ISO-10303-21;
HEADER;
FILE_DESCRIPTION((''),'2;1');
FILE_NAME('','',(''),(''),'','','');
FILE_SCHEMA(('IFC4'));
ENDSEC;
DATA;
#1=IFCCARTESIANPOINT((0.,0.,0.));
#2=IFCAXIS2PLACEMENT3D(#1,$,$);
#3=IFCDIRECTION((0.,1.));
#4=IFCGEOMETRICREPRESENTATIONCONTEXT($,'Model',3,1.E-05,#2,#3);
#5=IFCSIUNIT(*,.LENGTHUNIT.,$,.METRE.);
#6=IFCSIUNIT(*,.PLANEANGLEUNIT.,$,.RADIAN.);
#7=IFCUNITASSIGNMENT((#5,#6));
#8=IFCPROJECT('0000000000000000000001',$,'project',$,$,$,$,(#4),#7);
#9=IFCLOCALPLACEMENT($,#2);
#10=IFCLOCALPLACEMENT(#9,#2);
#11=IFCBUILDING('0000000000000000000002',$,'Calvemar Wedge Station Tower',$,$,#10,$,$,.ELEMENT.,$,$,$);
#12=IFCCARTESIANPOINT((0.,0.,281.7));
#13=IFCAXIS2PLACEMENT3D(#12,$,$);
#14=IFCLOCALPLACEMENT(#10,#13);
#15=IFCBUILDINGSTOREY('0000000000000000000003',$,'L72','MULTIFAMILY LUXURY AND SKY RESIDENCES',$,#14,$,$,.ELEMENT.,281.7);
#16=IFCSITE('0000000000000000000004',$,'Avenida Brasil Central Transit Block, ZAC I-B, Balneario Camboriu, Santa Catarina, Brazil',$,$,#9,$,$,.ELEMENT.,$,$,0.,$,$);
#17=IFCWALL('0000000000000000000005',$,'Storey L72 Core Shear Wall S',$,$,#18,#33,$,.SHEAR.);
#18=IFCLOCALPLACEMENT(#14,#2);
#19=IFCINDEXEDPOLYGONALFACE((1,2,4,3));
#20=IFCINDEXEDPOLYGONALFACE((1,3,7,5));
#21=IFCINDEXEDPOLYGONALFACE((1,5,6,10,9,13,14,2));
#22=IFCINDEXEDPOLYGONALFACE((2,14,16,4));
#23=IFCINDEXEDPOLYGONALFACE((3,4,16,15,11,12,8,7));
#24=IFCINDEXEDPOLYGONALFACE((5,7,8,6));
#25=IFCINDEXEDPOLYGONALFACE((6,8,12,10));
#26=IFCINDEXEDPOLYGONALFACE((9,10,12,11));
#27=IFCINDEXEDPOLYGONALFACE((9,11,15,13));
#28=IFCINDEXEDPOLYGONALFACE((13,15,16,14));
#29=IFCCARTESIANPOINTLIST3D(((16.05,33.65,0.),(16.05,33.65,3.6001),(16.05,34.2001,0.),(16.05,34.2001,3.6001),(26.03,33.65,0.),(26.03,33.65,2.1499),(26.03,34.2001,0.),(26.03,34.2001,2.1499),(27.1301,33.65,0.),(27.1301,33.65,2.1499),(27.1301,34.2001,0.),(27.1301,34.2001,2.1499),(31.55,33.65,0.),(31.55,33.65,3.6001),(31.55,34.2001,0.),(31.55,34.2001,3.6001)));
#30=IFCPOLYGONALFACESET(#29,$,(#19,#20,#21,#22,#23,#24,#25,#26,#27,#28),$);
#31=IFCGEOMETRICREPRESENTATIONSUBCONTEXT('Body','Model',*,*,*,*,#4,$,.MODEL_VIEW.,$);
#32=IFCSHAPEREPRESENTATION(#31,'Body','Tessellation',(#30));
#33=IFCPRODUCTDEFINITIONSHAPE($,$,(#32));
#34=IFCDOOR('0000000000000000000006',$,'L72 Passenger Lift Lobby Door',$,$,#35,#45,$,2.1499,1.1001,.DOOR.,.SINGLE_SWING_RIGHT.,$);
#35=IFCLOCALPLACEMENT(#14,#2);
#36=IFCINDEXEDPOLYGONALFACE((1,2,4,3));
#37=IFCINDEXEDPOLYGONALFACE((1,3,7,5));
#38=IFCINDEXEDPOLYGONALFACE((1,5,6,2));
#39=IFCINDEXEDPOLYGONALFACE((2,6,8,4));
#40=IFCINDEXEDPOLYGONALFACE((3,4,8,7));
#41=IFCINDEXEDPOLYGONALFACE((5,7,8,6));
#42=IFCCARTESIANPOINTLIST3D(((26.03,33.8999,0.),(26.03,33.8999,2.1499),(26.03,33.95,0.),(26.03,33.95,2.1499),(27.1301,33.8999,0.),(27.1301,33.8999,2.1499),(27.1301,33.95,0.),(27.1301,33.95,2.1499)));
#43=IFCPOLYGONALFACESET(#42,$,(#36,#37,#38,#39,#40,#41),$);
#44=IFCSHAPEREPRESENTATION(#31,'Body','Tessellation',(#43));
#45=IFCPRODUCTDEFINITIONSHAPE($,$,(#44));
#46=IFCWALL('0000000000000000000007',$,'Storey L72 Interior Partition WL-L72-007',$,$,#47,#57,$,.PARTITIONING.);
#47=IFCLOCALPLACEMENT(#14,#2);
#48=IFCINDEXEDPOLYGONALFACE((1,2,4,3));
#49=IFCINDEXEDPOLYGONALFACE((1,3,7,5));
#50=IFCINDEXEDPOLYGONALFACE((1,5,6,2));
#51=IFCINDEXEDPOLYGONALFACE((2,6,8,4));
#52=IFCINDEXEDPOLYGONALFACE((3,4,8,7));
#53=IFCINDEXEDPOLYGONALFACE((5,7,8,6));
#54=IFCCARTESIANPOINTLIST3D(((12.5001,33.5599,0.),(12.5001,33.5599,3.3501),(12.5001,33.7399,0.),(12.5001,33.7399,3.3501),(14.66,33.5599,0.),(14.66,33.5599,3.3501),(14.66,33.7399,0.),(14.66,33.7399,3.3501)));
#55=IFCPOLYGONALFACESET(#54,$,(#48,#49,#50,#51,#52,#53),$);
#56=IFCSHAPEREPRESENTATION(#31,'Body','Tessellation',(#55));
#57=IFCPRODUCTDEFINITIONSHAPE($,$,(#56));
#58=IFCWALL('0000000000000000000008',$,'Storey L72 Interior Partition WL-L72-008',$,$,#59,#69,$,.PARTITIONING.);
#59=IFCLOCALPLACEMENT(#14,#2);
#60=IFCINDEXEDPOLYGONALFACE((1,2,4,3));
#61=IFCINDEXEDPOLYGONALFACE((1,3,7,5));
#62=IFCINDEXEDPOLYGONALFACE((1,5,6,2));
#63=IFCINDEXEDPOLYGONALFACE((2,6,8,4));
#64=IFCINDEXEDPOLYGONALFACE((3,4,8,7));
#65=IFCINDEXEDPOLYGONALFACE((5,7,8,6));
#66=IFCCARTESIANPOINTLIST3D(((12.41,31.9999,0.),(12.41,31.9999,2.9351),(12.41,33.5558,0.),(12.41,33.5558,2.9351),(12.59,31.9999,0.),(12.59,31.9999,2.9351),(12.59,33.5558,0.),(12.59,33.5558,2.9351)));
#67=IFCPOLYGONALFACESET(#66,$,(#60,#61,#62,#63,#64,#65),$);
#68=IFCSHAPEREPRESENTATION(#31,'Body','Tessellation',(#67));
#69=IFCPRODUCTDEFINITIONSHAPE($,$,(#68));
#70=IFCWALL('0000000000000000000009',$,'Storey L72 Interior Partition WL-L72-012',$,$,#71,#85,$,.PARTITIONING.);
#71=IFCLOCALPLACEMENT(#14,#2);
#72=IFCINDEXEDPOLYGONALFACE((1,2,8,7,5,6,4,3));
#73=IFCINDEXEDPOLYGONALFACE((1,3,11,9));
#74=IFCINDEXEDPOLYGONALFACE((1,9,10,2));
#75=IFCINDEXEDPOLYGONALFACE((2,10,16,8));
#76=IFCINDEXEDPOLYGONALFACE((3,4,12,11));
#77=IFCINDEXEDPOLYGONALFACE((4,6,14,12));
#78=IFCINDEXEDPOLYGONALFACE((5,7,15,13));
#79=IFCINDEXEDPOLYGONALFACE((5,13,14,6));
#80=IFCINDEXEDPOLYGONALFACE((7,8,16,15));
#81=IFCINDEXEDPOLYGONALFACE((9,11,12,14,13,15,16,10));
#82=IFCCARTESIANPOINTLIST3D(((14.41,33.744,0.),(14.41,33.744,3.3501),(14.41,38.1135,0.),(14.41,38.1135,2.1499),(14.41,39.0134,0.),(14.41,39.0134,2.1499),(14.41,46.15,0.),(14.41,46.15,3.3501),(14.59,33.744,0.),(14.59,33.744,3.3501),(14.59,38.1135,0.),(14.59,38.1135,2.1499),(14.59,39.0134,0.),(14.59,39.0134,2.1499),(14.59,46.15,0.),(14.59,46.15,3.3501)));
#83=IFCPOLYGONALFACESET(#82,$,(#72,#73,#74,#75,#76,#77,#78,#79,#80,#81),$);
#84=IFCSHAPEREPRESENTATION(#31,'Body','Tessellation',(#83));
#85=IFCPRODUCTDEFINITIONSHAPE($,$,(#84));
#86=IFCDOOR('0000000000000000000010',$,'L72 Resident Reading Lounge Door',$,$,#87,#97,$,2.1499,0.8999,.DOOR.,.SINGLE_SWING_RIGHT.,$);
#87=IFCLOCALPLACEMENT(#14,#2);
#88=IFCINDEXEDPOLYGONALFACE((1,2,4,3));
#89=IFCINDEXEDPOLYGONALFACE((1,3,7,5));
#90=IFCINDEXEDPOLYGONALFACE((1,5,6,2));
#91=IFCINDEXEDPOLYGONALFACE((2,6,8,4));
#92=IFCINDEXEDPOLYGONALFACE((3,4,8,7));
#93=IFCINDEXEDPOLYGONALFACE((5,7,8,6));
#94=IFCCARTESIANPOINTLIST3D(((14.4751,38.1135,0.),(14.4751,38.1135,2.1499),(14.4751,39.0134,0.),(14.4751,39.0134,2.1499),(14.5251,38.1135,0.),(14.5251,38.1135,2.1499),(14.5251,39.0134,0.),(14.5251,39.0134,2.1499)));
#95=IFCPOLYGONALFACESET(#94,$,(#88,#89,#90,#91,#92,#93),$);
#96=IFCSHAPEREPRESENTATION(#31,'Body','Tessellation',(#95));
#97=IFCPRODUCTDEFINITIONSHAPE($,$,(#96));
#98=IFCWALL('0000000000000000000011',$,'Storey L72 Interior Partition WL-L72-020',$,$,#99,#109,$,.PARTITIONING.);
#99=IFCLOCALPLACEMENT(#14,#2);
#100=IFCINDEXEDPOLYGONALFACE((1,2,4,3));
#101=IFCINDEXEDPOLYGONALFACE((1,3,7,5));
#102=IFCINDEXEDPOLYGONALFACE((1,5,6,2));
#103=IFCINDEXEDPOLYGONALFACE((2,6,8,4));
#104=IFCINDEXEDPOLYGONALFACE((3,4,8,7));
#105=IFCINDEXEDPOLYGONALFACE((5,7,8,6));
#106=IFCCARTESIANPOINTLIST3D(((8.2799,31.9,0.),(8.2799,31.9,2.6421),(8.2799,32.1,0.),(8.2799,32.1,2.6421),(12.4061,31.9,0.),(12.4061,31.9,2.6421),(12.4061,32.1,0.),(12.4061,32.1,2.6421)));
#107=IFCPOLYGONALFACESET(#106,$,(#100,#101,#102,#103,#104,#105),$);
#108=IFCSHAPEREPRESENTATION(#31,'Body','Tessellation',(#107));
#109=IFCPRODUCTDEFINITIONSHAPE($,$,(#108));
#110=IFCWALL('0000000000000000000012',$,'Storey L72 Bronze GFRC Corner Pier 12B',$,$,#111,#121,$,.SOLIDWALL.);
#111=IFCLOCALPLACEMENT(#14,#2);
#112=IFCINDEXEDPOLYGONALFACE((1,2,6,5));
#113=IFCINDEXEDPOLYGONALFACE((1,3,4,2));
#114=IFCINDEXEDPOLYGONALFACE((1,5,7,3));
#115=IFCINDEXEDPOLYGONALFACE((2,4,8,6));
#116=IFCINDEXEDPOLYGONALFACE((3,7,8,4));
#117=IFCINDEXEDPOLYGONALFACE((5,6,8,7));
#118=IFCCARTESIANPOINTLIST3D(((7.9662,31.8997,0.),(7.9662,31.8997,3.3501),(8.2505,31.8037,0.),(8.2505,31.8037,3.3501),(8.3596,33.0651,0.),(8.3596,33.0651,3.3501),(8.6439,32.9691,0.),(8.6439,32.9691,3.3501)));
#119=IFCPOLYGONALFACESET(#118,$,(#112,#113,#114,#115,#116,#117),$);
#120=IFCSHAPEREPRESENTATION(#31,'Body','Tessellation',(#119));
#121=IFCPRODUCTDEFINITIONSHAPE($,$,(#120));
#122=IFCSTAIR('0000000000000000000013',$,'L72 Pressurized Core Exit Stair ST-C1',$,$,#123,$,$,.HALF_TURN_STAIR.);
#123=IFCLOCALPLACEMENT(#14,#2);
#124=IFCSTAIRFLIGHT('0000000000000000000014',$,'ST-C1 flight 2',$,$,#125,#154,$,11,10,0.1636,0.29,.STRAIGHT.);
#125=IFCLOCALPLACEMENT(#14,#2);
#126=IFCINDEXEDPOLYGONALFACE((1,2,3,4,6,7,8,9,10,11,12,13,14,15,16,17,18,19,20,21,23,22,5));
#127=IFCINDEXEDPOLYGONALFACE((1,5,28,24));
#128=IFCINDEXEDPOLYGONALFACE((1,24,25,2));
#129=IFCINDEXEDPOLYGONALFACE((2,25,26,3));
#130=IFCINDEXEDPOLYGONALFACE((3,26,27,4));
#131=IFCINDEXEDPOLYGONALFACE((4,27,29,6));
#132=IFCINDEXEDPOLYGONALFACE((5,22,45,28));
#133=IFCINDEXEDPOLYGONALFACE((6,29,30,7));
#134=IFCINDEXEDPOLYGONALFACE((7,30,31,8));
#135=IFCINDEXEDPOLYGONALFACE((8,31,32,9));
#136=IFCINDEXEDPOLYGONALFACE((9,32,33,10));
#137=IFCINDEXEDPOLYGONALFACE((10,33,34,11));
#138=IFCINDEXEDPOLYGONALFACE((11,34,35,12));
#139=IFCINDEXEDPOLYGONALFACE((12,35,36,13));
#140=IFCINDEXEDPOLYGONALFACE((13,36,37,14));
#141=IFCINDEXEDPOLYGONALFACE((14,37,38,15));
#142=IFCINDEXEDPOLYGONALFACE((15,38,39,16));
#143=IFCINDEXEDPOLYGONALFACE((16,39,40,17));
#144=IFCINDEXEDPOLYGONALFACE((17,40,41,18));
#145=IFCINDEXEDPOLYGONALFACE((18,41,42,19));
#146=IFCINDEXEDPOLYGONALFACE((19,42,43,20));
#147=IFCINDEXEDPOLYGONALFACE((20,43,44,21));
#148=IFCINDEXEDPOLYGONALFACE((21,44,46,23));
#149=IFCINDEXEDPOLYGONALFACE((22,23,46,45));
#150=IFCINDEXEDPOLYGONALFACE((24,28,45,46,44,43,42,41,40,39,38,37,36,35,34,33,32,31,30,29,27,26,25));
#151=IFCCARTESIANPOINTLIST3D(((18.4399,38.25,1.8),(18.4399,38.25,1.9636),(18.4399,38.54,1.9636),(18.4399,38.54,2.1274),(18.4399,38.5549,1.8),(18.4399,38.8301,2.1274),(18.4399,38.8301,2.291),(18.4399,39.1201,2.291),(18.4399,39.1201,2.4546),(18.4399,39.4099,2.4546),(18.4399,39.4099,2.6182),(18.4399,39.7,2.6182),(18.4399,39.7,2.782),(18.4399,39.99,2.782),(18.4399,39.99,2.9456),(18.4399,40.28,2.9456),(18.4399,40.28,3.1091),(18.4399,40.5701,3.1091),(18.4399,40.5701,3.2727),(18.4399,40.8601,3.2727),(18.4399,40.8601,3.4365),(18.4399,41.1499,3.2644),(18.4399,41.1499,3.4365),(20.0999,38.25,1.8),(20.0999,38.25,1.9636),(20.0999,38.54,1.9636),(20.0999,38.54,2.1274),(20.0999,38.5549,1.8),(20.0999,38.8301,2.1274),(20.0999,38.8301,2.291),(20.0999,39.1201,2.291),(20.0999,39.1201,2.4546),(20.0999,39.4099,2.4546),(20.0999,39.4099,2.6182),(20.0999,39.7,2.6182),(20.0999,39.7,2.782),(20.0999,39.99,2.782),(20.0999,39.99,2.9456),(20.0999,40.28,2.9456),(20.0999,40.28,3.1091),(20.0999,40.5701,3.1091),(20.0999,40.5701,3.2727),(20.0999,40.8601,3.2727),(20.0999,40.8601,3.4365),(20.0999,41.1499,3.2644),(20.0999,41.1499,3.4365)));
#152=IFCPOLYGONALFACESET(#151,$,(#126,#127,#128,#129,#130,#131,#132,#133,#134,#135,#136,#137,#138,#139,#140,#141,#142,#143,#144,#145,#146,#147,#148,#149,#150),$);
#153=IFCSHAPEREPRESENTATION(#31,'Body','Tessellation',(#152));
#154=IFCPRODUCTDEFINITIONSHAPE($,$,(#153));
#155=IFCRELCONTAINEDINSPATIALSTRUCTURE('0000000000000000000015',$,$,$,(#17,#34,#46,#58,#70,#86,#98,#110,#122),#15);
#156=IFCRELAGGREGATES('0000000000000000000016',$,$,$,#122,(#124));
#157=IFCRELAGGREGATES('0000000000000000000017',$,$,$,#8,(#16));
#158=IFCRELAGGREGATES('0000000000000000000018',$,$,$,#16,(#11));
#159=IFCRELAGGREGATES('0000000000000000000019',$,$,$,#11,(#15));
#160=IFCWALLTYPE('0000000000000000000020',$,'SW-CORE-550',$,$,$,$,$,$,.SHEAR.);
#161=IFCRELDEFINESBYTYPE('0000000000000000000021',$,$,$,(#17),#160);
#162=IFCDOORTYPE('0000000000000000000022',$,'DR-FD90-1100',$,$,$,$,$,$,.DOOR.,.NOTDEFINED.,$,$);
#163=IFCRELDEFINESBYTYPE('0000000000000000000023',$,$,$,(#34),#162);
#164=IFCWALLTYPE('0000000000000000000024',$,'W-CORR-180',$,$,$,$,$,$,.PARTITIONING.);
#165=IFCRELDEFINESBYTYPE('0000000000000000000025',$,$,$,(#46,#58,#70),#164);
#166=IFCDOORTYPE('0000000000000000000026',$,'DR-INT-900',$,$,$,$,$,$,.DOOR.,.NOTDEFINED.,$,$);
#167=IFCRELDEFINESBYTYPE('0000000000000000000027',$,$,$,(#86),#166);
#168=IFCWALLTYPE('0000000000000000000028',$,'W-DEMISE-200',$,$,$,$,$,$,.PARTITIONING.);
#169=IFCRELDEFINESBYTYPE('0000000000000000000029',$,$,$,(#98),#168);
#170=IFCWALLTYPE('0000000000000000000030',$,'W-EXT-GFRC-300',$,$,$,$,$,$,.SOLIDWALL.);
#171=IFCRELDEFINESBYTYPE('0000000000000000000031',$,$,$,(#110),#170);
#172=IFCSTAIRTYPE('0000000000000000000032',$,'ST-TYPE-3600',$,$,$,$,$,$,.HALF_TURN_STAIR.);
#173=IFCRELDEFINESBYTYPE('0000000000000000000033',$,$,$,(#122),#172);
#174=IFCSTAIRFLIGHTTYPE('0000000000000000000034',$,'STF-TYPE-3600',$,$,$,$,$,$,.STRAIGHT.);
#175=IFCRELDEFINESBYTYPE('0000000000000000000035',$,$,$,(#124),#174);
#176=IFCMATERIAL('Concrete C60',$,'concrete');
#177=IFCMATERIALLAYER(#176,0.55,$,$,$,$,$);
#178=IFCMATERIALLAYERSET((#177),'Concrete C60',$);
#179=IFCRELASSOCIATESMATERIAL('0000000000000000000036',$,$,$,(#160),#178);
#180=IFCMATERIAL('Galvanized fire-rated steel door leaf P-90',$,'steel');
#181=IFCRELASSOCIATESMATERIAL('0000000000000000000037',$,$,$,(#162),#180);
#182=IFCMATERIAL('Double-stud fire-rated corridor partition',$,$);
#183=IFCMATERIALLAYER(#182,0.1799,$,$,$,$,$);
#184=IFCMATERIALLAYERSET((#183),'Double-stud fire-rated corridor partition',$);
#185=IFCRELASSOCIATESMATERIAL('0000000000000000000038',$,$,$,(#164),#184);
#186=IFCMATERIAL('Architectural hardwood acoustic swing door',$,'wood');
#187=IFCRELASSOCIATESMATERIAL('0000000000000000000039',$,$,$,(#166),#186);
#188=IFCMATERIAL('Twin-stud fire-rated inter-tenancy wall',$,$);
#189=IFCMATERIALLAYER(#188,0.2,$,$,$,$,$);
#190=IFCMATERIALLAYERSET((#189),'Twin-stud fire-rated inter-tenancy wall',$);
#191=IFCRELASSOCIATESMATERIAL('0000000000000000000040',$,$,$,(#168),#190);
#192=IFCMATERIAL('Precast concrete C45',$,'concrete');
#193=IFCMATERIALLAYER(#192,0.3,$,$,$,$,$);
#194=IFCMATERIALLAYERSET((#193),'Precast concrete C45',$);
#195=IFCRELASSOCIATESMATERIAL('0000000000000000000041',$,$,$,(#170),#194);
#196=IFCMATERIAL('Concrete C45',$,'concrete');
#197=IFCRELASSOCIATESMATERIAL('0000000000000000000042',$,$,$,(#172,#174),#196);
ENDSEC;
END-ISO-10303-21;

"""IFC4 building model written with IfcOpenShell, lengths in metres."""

from ifc_helpers import new_model, si_unit, direction, frame, frame_2d, origin, place, context, subcontext, project, spatial, polyline, rectangle, outline, extrude, source, transform, mapped, material, layer, layer_set, type_object, element, fill, aggregate, save


model = new_model("IFC4")

# Units and contexts
model_context = context("Model", 3, precision=1e-05, world=origin(), true_north=direction((0.0, 1.0)))
body_context = subcontext(model_context, "Body", "Model", "MODEL_VIEW")
ifc_project = project(units=[si_unit("LENGTHUNIT", "METRE"), si_unit("PLANEANGLEUNIT", "RADIAN")], contexts=[model_context])

# Site, building, storey
site_placement = place(None, origin())
site = spatial("IfcSite", under=ifc_project, at=site_placement, Name="Avenida Brasil Central Transit Block, ZAC I-B, Balneario Camboriu, Santa Catarina, Brazil", CompositionType="ELEMENT", RefElevation=0.0)
building_placement = place(site_placement, origin())
building = spatial("IfcBuilding", under=site, at=building_placement, Name="Calvemar Wedge Station Tower", CompositionType="ELEMENT")
storey_placement = place(building_placement, frame((0.0, 0.0, 281.7)))
storey = spatial("IfcBuildingStorey", under=building, at=storey_placement, Name="L72", Description="MULTIFAMILY LUXURY AND SKY RESIDENCES", CompositionType="ELEMENT", Elevation=281.7)

# Wall, opening, door
ifc_material_1 = material(Name="Concrete C60", Category="concrete")
ifc_layer_1 = layer(ifc_material_1, 0.55)
ifc_layer_set_1 = layer_set([ifc_layer_1], Name="Concrete C60")
wall_type_1 = type_object("IfcWallType", Name="SW-CORE-550", PredefinedType="SHEAR", material=ifc_layer_set_1)
wall_1_placement = place(storey_placement, frame((16.05, 33.925, 0.0), z_axis=(0.0, 0.0, 1.0), x_axis=(1.0, 0.0, 0.0)))
wall_1 = element("IfcWall", 1, at=wall_1_placement, inside=storey, type_object=wall_type_1, Name="Storey L72 Core Shear Wall S", PredefinedType="SHEAR", context=body_context, shape_type="SweptSolid", body=[
    extrude(rectangle(XDim=15.5, YDim=0.55, at=frame_2d((7.75, 0.0))), origin(), (0.0, 0.0, 1.0), 3.6001),
])
shared_shape_1 = source(origin(), body_context, "Body", "SweptSolid", [
    extrude(rectangle(XDim=1.1001, YDim=2.1499, at=frame_2d((0.55, 1.075))), frame((0.0, 0.2852, 0.0), z_axis=(0.0, -1.0, 0.0), x_axis=(1.0, 0.0, 0.0)), (0.0, 0.0, 1.0), 0.5701),
])
opening_1_placement = place(wall_1_placement, frame((9.98, 0.0, 0.0)))
opening_1 = element("IfcOpeningElement", 2, at=opening_1_placement, cuts=wall_1, PredefinedType="OPENING", context=body_context, shape_type="MappedRepresentation", body=[
    mapped(shared_shape_1, transform((0.0, 0.0, 0.0), scale=1.0)),
])
ifc_material_2 = material(Name="Galvanized fire-rated steel door leaf P-90", Category="steel")
door_type_1 = type_object("IfcDoorType", Name="DR-FD90-1100", OperationType="NOTDEFINED", PredefinedType="DOOR", material=ifc_material_2)
shared_shape_2 = source(origin(), body_context, "Body", "SweptSolid", [
    extrude(rectangle(XDim=1.1001, YDim=2.1499, at=frame_2d((0.55, 1.075))), frame((0.0, 0.0249, 0.0), z_axis=(0.0, -1.0, 0.0), x_axis=(1.0, 0.0, 0.0)), (0.0, 0.0, 1.0), 0.05),
])
door_1_placement = place(opening_1_placement, origin())
door_1 = element("IfcDoor", 3, at=door_1_placement, inside=storey, type_object=door_type_1, Name="L72 Passenger Lift Lobby Door", OperationType="SINGLE_SWING_RIGHT", OverallHeight=2.1499, OverallWidth=1.1001, PredefinedType="DOOR", context=body_context, shape_type="MappedRepresentation", body=[
    mapped(shared_shape_2, transform((0.0, 0.0, 0.0), scale=1.0)),
])
fill(opening_1, door_1)

# Walls
ifc_material_3 = material(Name="Double-stud fire-rated corridor partition")
ifc_layer_2 = layer(ifc_material_3, 0.1799)
ifc_layer_set_2 = layer_set([ifc_layer_2], Name="Double-stud fire-rated corridor partition")
wall_type_2 = type_object("IfcWallType", Name="W-CORR-180", PredefinedType="PARTITIONING", material=ifc_layer_set_2)
wall_2_placement = place(storey_placement, frame((12.5, 33.6499, 0.0), z_axis=(0.0, 0.0, 1.0), x_axis=(1.0, 0.0, 0.0)))
element("IfcWall", 4, at=wall_2_placement, inside=storey, type_object=wall_type_2, Name="Storey L72 Interior Partition WL-L72-007", PredefinedType="PARTITIONING", context=body_context, shape_type="SweptSolid", body=[
    extrude(rectangle(XDim=2.1599, YDim=0.1799, at=frame_2d((1.0801, 0.0))), origin(), (0.0, 0.0, 1.0), 3.3501),
])
wall_3_placement = place(storey_placement, frame((12.5, 32.0, 0.0), z_axis=(0.0, 0.0, 1.0), x_axis=(0.0, 1.0, 0.0)))
element("IfcWall", 5, at=wall_3_placement, inside=storey, type_object=wall_type_2, Name="Storey L72 Interior Partition WL-L72-008", PredefinedType="PARTITIONING", context=body_context, shape_type="SweptSolid", body=[
    extrude(rectangle(XDim=1.5559, YDim=0.1799, at=frame_2d((0.7778, 0.0))), origin(), (0.0, 0.0, 1.0), 2.9351),
])

# Wall, opening, door
shared_shape_3 = source(origin(), body_context, "Body", "SweptSolid", [
    extrude(rectangle(XDim=0.8999, YDim=2.1499, at=frame_2d((0.45, 1.075))), frame((0.0, 0.1001, 0.0), z_axis=(0.0, -1.0, 0.0), x_axis=(1.0, 0.0, 0.0)), (0.0, 0.0, 1.0), 0.2),
])
wall_4_placement = place(storey_placement, frame((14.5, 33.7439, 0.0), z_axis=(0.0, 0.0, 1.0), x_axis=(0.0, 1.0, 0.0)))
wall_4 = element("IfcWall", 6, at=wall_4_placement, inside=storey, type_object=wall_type_2, Name="Storey L72 Interior Partition WL-L72-012", PredefinedType="PARTITIONING", context=body_context, shape_type="SweptSolid", body=[
    extrude(rectangle(XDim=12.406, YDim=0.1799, at=frame_2d((6.2031, 0.0))), origin(), (0.0, 0.0, 1.0), 3.3501),
])
opening_2_placement = place(wall_4_placement, frame((4.3696, 0.0, 0.0)))
opening_2 = element("IfcOpeningElement", 7, at=opening_2_placement, cuts=wall_4, PredefinedType="OPENING", context=body_context, shape_type="MappedRepresentation", body=[
    mapped(shared_shape_3, transform((0.0, 0.0, 0.0), scale=1.0)),
])
ifc_material_4 = material(Name="Architectural hardwood acoustic swing door", Category="wood")
door_type_2 = type_object("IfcDoorType", Name="DR-INT-900", OperationType="NOTDEFINED", PredefinedType="DOOR", material=ifc_material_4)
shared_shape_4 = source(origin(), body_context, "Body", "SweptSolid", [
    extrude(rectangle(XDim=0.8999, YDim=2.1499, at=frame_2d((0.45, 1.075))), frame((0.0, 0.0249, 0.0), z_axis=(0.0, -1.0, 0.0), x_axis=(1.0, 0.0, 0.0)), (0.0, 0.0, 1.0), 0.05),
])
door_2_placement = place(opening_2_placement, origin())
door_2 = element("IfcDoor", 8, at=door_2_placement, inside=storey, type_object=door_type_2, Name="L72 Resident Reading Lounge Door", OperationType="SINGLE_SWING_RIGHT", OverallHeight=2.1499, OverallWidth=0.8999, PredefinedType="DOOR", context=body_context, shape_type="MappedRepresentation", body=[
    mapped(shared_shape_4, transform((0.0, 0.0, 0.0), scale=1.0)),
])
fill(opening_2, door_2)

# Walls
ifc_material_5 = material(Name="Twin-stud fire-rated inter-tenancy wall")
ifc_layer_3 = layer(ifc_material_5, 0.2)
ifc_layer_set_3 = layer_set([ifc_layer_3], Name="Twin-stud fire-rated inter-tenancy wall")
wall_type_3 = type_object("IfcWallType", Name="W-DEMISE-200", PredefinedType="PARTITIONING", material=ifc_layer_set_3)
wall_5_placement = place(storey_placement, frame((12.406, 32.0, 0.0), z_axis=(0.0, 0.0, 1.0), x_axis=(-1.0, 0.0, 0.0)))
element("IfcWall", 9, at=wall_5_placement, inside=storey, type_object=wall_type_3, Name="Storey L72 Interior Partition WL-L72-020", PredefinedType="PARTITIONING", context=body_context, shape_type="SweptSolid", body=[
    extrude(rectangle(XDim=4.1262, YDim=0.2, at=frame_2d((2.063, 0.0))), origin(), (0.0, 0.0, 1.0), 2.6421),
])
ifc_material_6 = material(Name="Precast concrete C45", Category="concrete")
ifc_layer_4 = layer(ifc_material_6, 0.3)
ifc_layer_set_4 = layer_set([ifc_layer_4], Name="Precast concrete C45")
wall_type_4 = type_object("IfcWallType", Name="W-EXT-GFRC-300", PredefinedType="SOLIDWALL", material=ifc_layer_set_4)
wall_6_placement = place(storey_placement, frame((8.5017, 33.0171, 0.0), z_axis=(0.0, 0.0, 1.0), x_axis=(-0.319799, -0.947486, 0.0)))
element("IfcWall", 10, at=wall_6_placement, inside=storey, type_object=wall_type_4, Name="Storey L72 Bronze GFRC Corner Pier 12B", PredefinedType="SOLIDWALL", context=body_context, shape_type="SweptSolid", body=[
    extrude(rectangle(XDim=1.23, YDim=0.3, at=frame_2d((0.615, 0.0))), origin(), (0.0, 0.0, 1.0), 3.3501),
])

# Stair, stair flight
ifc_material_7 = material(Name="Concrete C45", Category="concrete")
stair_type = type_object("IfcStairType", Name="ST-TYPE-3600", PredefinedType="HALF_TURN_STAIR", material=ifc_material_7)
stair_placement = place(storey_placement, origin())
stair = element("IfcStair", 11, at=stair_placement, inside=storey, type_object=stair_type, Name="L72 Pressurized Core Exit Stair ST-C1", PredefinedType="HALF_TURN_STAIR")
stair_flight_type = type_object("IfcStairFlightType", Name="STF-TYPE-3600", PredefinedType="STRAIGHT", material=ifc_material_7)
stair_flight_placement = place(storey_placement, frame((19.27, 38.25, 1.8), z_axis=(0.0, 0.0, 1.0), x_axis=(0.0, 1.0, 0.0)))
stair_flight = element("IfcStairFlight", 12, at=stair_flight_placement, type_object=stair_flight_type, Name="ST-C1 flight 2", NumberOfRisers=11, NumberOfTreads=10, PredefinedType="STRAIGHT", RiserHeight=0.1636, TreadLength=0.29, context=body_context, shape_type="SweptSolid", body=[
    extrude(outline(polyline([(0.0, 0.0), (0.0, 0.1636), (0.29, 0.1636), (0.29, 0.3274), (0.5801, 0.3274), (0.5801, 0.491), (0.8701, 0.491), (0.8701, 0.6545), (1.1599, 0.6545), (1.1599, 0.8181), (1.45, 0.8181), (1.45, 0.9819), (1.74, 0.9819), (1.74, 1.1455), (2.03, 1.1455), (2.03, 1.3091), (2.3201, 1.3091), (2.3201, 1.4727), (2.6101, 1.4727), (2.6101, 1.6365), (2.8999, 1.6365), (2.8999, 1.8), (2.8999, 1.4644), (0.3049, 0.0), (0.0, 0.0)])), frame((0.0, 0.8301, 0.0), z_axis=(0.0, -1.0, 0.0), x_axis=(1.0, 0.0, 0.0)), (0.0, 0.0, 1.0), 1.6599),
])
aggregate(stair, [stair_flight])

save(model, "model.ifc")
